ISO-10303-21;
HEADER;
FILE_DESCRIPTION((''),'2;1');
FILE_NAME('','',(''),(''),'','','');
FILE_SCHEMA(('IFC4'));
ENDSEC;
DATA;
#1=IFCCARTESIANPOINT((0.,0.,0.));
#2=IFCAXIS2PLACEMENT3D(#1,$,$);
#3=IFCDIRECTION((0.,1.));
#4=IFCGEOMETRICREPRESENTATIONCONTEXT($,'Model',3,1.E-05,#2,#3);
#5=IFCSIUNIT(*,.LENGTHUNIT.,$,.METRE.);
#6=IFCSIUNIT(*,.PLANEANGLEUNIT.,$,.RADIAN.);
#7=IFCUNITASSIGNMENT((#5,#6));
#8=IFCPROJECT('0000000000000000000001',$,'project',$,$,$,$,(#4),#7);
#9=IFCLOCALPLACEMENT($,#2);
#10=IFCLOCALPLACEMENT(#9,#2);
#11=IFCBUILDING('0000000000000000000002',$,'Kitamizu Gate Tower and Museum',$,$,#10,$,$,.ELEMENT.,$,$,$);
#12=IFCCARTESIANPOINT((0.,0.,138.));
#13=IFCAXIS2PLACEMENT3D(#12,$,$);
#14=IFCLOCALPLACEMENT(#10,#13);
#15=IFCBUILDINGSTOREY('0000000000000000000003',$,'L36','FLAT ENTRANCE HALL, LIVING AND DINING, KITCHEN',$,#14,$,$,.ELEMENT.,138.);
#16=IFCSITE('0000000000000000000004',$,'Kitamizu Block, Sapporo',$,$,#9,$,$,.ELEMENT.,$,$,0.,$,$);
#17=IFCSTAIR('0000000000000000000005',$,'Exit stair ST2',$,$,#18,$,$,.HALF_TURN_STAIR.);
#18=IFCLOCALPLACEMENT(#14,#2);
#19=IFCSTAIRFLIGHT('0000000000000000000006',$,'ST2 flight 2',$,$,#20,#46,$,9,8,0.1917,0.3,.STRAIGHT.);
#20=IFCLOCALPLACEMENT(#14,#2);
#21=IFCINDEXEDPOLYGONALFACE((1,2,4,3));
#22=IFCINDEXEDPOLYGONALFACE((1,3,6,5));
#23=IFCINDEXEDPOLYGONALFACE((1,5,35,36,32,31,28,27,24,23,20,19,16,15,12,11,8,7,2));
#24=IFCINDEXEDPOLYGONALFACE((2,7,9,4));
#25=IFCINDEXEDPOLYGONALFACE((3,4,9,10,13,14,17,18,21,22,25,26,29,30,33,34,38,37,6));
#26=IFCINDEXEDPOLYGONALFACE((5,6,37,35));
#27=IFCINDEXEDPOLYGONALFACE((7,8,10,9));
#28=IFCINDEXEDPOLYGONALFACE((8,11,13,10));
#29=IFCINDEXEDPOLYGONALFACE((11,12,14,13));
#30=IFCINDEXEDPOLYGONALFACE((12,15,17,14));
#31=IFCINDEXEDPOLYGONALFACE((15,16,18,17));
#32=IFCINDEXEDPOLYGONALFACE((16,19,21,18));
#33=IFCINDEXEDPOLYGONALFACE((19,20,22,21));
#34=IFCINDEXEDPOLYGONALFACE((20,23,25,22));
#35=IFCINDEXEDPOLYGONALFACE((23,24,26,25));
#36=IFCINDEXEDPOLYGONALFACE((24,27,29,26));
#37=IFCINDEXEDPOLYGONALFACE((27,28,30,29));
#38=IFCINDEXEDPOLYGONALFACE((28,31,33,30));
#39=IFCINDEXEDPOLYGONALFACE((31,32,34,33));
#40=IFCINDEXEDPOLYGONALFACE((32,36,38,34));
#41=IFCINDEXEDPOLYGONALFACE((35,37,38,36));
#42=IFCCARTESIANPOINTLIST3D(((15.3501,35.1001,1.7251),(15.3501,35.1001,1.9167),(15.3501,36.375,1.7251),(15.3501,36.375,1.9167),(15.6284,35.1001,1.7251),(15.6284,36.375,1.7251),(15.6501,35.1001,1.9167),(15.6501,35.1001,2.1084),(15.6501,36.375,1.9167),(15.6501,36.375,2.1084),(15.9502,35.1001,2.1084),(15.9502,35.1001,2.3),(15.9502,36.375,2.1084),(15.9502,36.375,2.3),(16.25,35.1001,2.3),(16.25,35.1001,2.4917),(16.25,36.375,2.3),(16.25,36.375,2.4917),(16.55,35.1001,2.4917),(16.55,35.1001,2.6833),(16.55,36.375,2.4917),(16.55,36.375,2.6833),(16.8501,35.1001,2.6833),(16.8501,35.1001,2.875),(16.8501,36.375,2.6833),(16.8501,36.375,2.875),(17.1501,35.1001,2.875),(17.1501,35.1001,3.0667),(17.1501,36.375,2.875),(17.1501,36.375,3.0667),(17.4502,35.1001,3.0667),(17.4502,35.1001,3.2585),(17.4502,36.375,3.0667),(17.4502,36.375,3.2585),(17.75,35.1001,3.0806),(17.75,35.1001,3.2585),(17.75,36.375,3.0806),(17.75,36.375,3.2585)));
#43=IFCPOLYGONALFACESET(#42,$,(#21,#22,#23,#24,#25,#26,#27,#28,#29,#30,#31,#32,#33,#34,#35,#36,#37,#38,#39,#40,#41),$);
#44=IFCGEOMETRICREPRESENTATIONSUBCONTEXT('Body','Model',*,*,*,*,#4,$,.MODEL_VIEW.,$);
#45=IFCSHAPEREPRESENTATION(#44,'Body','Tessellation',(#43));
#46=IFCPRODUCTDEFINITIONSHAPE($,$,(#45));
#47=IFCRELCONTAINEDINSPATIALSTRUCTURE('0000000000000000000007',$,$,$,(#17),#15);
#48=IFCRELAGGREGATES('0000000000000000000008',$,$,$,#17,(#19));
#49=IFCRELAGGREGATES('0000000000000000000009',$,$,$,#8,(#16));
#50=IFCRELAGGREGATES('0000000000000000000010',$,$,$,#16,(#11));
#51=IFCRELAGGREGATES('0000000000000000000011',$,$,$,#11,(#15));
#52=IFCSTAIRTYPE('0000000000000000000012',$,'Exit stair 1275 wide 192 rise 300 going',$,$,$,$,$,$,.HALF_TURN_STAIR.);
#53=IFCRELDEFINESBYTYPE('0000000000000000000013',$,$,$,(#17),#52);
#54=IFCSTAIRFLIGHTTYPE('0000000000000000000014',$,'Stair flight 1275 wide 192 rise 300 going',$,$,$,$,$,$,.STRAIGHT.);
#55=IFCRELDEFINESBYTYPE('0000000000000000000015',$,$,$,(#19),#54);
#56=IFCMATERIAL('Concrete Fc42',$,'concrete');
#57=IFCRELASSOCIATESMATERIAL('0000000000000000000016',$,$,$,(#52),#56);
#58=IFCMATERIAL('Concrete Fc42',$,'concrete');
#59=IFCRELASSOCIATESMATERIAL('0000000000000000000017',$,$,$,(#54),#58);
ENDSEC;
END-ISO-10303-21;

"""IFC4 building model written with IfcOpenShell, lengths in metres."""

from ifc_helpers import new_model, si_unit, direction, frame, origin, place, context, subcontext, project, spatial, polyline, outline, extrude, material, type_object, element, aggregate, save


model = new_model("IFC4")

# Units and contexts
model_context = context("Model", 3, precision=1e-05, world=origin(), true_north=direction((0.0, 1.0)))
body_context = subcontext(model_context, "Body", "Model", "MODEL_VIEW")
ifc_project = project(units=[si_unit("LENGTHUNIT", "METRE"), si_unit("PLANEANGLEUNIT", "RADIAN")], contexts=[model_context])

# Site, building, storey
site_placement = place(None, origin())
site = spatial("IfcSite", under=ifc_project, at=site_placement, Name="Kitamizu Block, Sapporo", CompositionType="ELEMENT", RefElevation=0.0)
building_placement = place(site_placement, origin())
building = spatial("IfcBuilding", under=site, at=building_placement, Name="Kitamizu Gate Tower and Museum", CompositionType="ELEMENT")
storey_placement = place(building_placement, frame((0.0, 0.0, 138.0)))
storey = spatial("IfcBuildingStorey", under=building, at=storey_placement, Name="L36", Description="FLAT ENTRANCE HALL, LIVING AND DINING, KITCHEN", CompositionType="ELEMENT", Elevation=138.0)

# Stair, stair flight
ifc_material_1 = material(Name="Concrete Fc42", Category="concrete")
stair_type = type_object("IfcStairType", Name="Exit stair 1275 wide 192 rise 300 going", PredefinedType="HALF_TURN_STAIR", material=ifc_material_1)
stair_placement = place(storey_placement, origin())
stair = element("IfcStair", 1, at=stair_placement, inside=storey, type_object=stair_type, Name="Exit stair ST2", PredefinedType="HALF_TURN_STAIR")
ifc_material_2 = material(Name="Concrete Fc42", Category="concrete")
stair_flight_type = type_object("IfcStairFlightType", Name="Stair flight 1275 wide 192 rise 300 going", PredefinedType="STRAIGHT", material=ifc_material_2)
stair_flight_placement = place(storey_placement, frame((15.3501, 35.7375, 1.7251), z_axis=(0.0, 0.0, 1.0), x_axis=(1.0, 0.0, 0.0)))
stair_flight = element("IfcStairFlight", 2, at=stair_flight_placement, type_object=stair_flight_type, Name="ST2 flight 2", NumberOfRisers=9, NumberOfTreads=8, PredefinedType="STRAIGHT", RiserHeight=0.1917, TreadLength=0.3, context=body_context, shape_type="SweptSolid", body=[
    extrude(outline(polyline([(0.0, 0.0), (0.0, 0.1917), (0.3, 0.1917), (0.3, 0.3833), (0.6001, 0.3833), (0.6001, 0.575), (0.8999, 0.575), (0.8999, 0.7666), (1.2, 0.7666), (1.2, 0.9583), (1.5, 0.9583), (1.5, 1.1499), (1.8, 1.1499), (1.8, 1.3416), (2.1001, 1.3416), (2.1001, 1.5334), (2.3999, 1.5334), (2.3999, 1.7251), (2.3999, 1.3555), (0.2783, 0.0), (0.0, 0.0)])), frame((0.0, 0.6375, 0.0), z_axis=(0.0, -1.0, 0.0), x_axis=(1.0, 0.0, 0.0)), (0.0, 0.0, 1.0), 1.2749),
])
aggregate(stair, [stair_flight])

save(model, "model.ifc")
